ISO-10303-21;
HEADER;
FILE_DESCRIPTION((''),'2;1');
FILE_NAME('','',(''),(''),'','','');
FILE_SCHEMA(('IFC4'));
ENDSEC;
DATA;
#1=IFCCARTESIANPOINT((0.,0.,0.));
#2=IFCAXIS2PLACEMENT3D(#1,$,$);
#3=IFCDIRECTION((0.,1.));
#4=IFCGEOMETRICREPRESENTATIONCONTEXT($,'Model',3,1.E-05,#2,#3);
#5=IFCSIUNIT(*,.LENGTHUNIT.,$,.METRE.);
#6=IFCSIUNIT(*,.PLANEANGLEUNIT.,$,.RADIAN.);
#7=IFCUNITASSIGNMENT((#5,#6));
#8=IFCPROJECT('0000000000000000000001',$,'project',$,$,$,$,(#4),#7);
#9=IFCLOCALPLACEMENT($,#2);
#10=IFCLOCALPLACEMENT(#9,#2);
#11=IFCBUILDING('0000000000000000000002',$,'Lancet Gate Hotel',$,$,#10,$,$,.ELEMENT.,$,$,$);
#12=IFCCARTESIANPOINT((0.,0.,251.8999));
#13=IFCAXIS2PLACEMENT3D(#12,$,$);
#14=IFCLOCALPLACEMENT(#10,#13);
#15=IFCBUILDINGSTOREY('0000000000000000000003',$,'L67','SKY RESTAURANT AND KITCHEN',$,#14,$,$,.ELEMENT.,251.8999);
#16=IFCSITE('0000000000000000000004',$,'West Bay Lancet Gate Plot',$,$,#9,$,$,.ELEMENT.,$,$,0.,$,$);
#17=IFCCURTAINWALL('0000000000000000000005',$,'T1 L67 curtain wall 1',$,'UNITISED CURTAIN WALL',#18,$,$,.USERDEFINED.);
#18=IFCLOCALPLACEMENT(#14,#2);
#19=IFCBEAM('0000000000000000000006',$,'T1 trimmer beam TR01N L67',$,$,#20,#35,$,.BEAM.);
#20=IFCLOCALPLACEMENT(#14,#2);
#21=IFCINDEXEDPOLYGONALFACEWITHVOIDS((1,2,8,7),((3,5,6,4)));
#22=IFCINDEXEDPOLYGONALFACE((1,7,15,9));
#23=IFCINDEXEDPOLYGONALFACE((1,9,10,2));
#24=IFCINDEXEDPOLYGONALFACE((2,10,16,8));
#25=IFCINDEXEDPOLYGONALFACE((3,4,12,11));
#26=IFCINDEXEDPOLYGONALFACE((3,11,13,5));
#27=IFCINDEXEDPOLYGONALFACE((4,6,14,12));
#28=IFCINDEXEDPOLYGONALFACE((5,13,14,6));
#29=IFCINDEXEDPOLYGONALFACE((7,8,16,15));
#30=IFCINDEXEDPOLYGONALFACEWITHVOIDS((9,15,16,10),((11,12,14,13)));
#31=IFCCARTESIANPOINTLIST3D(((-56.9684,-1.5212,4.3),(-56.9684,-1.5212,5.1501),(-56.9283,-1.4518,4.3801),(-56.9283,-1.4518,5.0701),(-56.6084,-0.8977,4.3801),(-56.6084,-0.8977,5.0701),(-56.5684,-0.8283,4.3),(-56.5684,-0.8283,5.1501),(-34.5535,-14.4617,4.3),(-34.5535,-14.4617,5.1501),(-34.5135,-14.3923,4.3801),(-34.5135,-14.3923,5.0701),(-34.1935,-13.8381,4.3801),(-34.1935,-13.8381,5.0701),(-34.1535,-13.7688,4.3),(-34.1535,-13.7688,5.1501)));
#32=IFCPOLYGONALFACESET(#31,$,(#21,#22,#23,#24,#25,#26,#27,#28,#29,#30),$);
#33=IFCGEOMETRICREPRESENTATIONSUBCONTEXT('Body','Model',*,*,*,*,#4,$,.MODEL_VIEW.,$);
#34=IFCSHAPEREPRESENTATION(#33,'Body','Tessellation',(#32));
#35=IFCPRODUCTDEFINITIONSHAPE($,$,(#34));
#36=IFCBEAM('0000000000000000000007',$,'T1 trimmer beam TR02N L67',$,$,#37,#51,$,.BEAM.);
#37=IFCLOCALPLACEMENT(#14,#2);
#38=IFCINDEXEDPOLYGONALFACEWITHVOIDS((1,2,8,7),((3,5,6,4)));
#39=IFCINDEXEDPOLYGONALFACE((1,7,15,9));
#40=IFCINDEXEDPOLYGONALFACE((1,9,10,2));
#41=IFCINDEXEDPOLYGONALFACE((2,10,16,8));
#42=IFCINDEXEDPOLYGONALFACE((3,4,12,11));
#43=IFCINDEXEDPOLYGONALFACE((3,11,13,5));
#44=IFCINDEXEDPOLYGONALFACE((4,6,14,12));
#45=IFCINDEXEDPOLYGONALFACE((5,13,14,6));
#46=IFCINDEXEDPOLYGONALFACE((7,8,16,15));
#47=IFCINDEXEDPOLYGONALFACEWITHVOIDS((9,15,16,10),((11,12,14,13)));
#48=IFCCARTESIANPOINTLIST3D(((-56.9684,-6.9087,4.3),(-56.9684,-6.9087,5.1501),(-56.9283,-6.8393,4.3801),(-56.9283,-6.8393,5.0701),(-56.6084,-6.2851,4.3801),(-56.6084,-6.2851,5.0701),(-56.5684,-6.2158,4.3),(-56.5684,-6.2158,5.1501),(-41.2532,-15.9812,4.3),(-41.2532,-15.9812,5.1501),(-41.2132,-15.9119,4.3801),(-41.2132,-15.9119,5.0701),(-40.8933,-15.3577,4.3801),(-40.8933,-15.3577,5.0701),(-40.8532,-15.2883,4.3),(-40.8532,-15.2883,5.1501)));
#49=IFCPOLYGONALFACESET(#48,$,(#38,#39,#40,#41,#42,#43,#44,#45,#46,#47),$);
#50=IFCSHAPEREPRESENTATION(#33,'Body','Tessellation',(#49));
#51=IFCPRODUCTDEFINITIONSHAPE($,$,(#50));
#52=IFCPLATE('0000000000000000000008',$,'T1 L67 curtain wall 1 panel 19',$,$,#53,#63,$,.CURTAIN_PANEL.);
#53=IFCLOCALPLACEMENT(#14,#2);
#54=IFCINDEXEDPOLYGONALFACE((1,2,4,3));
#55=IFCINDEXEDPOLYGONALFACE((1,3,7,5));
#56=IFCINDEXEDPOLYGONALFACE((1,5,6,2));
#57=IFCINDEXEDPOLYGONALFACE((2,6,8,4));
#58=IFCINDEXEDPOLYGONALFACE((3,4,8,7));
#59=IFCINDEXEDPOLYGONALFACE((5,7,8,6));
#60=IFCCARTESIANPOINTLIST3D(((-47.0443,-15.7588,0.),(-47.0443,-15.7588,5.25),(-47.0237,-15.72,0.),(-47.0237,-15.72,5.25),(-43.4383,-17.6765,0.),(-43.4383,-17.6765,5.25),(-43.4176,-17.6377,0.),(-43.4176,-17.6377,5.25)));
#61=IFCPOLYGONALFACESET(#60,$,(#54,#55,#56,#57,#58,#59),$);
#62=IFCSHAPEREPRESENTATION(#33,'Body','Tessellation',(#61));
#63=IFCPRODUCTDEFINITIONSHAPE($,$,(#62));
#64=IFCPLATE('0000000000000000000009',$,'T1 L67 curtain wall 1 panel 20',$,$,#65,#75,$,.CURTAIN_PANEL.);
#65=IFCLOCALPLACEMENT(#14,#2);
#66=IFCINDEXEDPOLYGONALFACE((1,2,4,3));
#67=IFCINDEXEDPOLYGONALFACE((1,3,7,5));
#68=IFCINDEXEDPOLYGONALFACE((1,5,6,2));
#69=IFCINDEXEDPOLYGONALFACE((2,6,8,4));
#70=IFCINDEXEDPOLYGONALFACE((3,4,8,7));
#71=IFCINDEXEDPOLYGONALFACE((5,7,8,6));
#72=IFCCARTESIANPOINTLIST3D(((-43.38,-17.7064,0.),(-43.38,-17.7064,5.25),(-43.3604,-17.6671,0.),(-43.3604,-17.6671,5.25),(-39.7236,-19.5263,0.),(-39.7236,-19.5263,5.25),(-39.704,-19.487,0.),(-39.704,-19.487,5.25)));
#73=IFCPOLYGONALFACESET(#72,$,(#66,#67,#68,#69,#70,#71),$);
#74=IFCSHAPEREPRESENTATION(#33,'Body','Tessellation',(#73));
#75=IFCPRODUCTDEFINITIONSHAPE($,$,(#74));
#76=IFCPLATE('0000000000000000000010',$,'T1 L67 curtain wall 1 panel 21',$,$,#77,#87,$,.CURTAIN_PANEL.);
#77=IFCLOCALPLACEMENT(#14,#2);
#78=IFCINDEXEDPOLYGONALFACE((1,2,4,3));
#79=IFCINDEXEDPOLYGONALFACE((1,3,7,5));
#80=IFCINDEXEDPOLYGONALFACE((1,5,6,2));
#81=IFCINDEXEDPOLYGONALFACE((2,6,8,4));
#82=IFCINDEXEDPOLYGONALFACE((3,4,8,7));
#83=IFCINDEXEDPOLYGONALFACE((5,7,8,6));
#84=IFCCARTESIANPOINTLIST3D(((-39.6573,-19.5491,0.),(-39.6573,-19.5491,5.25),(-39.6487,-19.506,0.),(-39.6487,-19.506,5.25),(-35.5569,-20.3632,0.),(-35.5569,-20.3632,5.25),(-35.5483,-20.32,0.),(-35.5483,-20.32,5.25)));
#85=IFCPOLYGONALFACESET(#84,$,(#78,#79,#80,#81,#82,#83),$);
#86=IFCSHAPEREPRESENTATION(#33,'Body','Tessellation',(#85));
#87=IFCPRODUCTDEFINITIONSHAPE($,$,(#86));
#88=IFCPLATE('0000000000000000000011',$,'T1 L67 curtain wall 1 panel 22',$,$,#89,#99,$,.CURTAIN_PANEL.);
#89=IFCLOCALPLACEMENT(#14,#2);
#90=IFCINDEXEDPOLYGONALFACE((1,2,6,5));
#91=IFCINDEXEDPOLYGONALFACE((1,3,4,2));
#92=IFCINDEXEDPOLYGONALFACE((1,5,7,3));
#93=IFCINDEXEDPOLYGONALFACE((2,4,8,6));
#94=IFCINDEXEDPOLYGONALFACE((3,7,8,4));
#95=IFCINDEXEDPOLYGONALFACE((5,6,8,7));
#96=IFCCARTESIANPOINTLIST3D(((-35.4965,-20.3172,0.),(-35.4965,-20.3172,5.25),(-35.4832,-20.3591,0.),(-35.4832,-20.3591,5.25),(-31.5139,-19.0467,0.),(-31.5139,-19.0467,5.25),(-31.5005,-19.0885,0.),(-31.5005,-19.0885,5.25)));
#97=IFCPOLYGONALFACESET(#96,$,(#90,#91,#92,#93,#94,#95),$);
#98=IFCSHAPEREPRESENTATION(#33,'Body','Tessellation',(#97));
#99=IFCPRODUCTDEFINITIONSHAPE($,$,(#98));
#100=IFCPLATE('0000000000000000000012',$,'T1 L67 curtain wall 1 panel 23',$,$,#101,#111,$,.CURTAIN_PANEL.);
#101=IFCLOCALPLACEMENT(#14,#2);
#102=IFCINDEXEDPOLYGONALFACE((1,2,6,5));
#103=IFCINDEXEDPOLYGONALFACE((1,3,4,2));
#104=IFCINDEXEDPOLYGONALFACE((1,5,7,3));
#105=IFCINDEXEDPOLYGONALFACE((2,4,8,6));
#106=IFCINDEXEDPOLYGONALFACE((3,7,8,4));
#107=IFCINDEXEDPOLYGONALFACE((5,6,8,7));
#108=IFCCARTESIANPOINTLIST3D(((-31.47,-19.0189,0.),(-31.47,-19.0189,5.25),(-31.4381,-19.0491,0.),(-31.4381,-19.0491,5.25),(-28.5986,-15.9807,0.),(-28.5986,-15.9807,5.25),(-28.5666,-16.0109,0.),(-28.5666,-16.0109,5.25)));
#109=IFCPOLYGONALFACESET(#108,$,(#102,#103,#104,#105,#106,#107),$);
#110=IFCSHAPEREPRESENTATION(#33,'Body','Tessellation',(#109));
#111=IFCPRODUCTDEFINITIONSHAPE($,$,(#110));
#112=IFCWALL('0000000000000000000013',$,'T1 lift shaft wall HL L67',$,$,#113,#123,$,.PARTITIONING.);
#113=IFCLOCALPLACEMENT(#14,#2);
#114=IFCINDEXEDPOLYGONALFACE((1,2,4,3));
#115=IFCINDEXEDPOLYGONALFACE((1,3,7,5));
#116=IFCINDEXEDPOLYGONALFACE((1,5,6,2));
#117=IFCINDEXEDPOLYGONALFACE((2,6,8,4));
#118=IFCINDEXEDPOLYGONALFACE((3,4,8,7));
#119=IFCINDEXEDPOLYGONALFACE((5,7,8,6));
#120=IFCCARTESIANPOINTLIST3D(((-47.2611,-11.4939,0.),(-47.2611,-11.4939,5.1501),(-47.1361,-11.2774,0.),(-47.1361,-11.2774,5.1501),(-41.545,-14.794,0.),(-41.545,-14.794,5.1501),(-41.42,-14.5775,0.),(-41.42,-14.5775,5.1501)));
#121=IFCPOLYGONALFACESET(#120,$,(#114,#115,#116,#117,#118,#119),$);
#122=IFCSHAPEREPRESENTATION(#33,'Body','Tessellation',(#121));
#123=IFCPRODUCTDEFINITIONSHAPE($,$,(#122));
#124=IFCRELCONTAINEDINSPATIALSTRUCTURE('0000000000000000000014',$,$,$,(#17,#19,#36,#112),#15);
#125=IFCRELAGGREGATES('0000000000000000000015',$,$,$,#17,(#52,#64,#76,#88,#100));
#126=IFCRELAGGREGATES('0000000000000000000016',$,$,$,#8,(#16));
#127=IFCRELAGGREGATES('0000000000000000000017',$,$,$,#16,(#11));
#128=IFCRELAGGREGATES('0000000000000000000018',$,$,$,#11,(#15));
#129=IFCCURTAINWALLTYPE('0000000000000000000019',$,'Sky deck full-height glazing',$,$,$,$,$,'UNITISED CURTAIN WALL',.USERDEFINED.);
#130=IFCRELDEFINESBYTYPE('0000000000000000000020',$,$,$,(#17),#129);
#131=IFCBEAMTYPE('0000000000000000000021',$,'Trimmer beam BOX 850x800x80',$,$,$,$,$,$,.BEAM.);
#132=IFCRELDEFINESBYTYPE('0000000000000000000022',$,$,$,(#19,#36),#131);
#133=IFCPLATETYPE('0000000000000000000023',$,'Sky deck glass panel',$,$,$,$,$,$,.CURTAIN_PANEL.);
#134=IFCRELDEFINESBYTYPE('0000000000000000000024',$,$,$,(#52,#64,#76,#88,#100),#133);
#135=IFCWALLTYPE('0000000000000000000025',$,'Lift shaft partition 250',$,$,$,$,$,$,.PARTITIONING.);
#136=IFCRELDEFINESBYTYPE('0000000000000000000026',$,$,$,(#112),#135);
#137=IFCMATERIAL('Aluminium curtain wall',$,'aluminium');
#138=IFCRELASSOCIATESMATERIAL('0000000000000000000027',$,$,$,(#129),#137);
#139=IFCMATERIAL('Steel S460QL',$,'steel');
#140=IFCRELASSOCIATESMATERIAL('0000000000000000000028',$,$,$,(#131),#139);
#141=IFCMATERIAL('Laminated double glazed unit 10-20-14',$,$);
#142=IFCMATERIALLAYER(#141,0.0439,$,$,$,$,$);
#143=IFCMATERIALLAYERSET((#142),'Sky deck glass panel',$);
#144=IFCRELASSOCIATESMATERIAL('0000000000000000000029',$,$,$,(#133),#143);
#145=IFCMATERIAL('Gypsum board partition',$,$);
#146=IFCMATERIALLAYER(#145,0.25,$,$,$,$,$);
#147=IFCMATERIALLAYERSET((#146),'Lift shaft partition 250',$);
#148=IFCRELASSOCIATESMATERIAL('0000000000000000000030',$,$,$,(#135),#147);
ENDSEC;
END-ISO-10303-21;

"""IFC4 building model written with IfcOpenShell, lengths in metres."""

from ifc_helpers import new_model, si_unit, direction, frame, frame_2d, origin, origin_2d, place, context, subcontext, project, spatial, rectangle, hollow_rectangle, extrude, material, layer, layer_set, material_profile, profile_set, type_object, element, aggregate, save


model = new_model("IFC4")

# Units and contexts
model_context = context("Model", 3, precision=1e-05, world=origin(), true_north=direction((0.0, 1.0)))
body_context = subcontext(model_context, "Body", "Model", "MODEL_VIEW")
ifc_project = project(units=[si_unit("LENGTHUNIT", "METRE"), si_unit("PLANEANGLEUNIT", "RADIAN")], contexts=[model_context])

# Site, building, storey
site_placement = place(None, origin())
site = spatial("IfcSite", under=ifc_project, at=site_placement, Name="West Bay Lancet Gate Plot", CompositionType="ELEMENT", RefElevation=0.0)
building_placement = place(site_placement, origin())
building = spatial("IfcBuilding", under=site, at=building_placement, Name="Lancet Gate Hotel", CompositionType="ELEMENT")
storey_placement = place(building_placement, frame((0.0, 0.0, 251.8999)))
storey = spatial("IfcBuildingStorey", under=building, at=storey_placement, Name="L67", Description="SKY RESTAURANT AND KITCHEN", CompositionType="ELEMENT", Elevation=251.8999)

# Curtain wall
ifc_material_1 = material(Name="Aluminium curtain wall", Category="aluminium")
curtain_wall_type = type_object("IfcCurtainWallType", Name="Sky deck full-height glazing", ElementType="UNITISED CURTAIN WALL", PredefinedType="USERDEFINED", material=ifc_material_1)
curtain_wall_placement = place(storey_placement, origin())
curtain_wall = element("IfcCurtainWall", 1, at=curtain_wall_placement, inside=storey, type_object=curtain_wall_type, Name="T1 L67 curtain wall 1", ObjectType="UNITISED CURTAIN WALL", PredefinedType="USERDEFINED")

# Beams
ifc_material_2 = material(Name="Steel S460QL", Category="steel")
ifc_material_profile_1 = material_profile(ifc_material_2, hollow_rectangle(XDim=0.8, YDim=0.8501, WallThickness=0.0801, at=origin_2d()), Name="BOX 850x800x80")
ifc_profile_set_1 = profile_set([ifc_material_profile_1], Name="Steel S460QL")
beam_type = type_object("IfcBeamType", Name="Trimmer beam BOX 850x800x80", PredefinedType="BEAM", material=ifc_profile_set_1)
beam_1_placement = place(storey_placement, frame((-34.3535, -14.1152, 4.7251), z_axis=(-0.866038, 0.499978, 0.0), x_axis=(-0.499978, -0.866038, 0.0)))
element("IfcBeam", 2, at=beam_1_placement, inside=storey, type_object=beam_type, Name="T1 trimmer beam TR01N L67", PredefinedType="BEAM", context=body_context, shape_type="SweptSolid", body=[
    extrude(hollow_rectangle(XDim=0.8, YDim=0.8501, WallThickness=0.0801, at=origin_2d()), origin(), (0.0, 0.0, 1.0), 25.8821),
])
beam_2_placement = place(storey_placement, frame((-41.0532, -15.6348, 4.7251), z_axis=(-0.86604, 0.499975, 0.0), x_axis=(-0.499975, -0.86604, 0.0)))
element("IfcBeam", 3, at=beam_2_placement, inside=storey, type_object=beam_type, Name="T1 trimmer beam TR02N L67", PredefinedType="BEAM", context=body_context, shape_type="SweptSolid", body=[
    extrude(hollow_rectangle(XDim=0.8, YDim=0.8501, WallThickness=0.0801, at=origin_2d()), origin(), (0.0, 0.0, 1.0), 18.146),
])

# Plates
ifc_material_3 = material(Name="Laminated double glazed unit 10-20-14")
ifc_layer_1 = layer(ifc_material_3, 0.0439)
ifc_layer_set_1 = layer_set([ifc_layer_1], Name="Sky deck glass panel")
plate_type = type_object("IfcPlateType", Name="Sky deck glass panel", PredefinedType="CURTAIN_PANEL", material=ifc_layer_set_1)
plate_1_placement = place(storey_placement, frame((-45.231, -16.6982, 0.0), z_axis=(0.0, 0.0, 1.0), x_axis=(0.882916, -0.469531, 0.0)))
plate_1 = element("IfcPlate", 4, at=plate_1_placement, type_object=plate_type, Name="T1 L67 curtain wall 1 panel 19", PredefinedType="CURTAIN_PANEL", context=body_context, shape_type="SweptSolid", body=[
    extrude(rectangle(XDim=4.0842, YDim=0.0439, at=origin_2d()), origin(), (0.0, 0.0, 1.0), 5.25),
])
plate_2_placement = place(storey_placement, frame((-41.542, -18.5967, 0.0), z_axis=(0.0, 0.0, 1.0), x_axis=(0.895234, -0.445596, 0.0)))
plate_2 = element("IfcPlate", 5, at=plate_2_placement, type_object=plate_type, Name="T1 L67 curtain wall 1 panel 20", PredefinedType="CURTAIN_PANEL", context=body_context, shape_type="SweptSolid", body=[
    extrude(rectangle(XDim=4.0842, YDim=0.0439, at=origin_2d()), origin(), (0.0, 0.0, 1.0), 5.25),
])
plate_3_placement = place(storey_placement, frame((-37.6028, -19.9346, 0.0), z_axis=(0.0, 0.0, 1.0), x_axis=(0.980857, -0.194731, 0.0)))
plate_3 = element("IfcPlate", 6, at=plate_3_placement, type_object=plate_type, Name="T1 L67 curtain wall 1 panel 21", PredefinedType="CURTAIN_PANEL", context=body_context, shape_type="SweptSolid", body=[
    extrude(rectangle(XDim=4.1804, YDim=0.0439, at=origin_2d()), origin(), (0.0, 0.0, 1.0), 5.25),
])
plate_4_placement = place(storey_placement, frame((-33.4985, -19.7029, 0.0), z_axis=(0.0, 0.0, 1.0), x_axis=(0.952696, 0.303926, 0.0)))
plate_4 = element("IfcPlate", 7, at=plate_4_placement, type_object=plate_type, Name="T1 L67 curtain wall 1 panel 22", PredefinedType="CURTAIN_PANEL", context=body_context, shape_type="SweptSolid", body=[
    extrude(rectangle(XDim=4.1804, YDim=0.0439, at=origin_2d()), origin(), (0.0, 0.0, 1.0), 5.25),
])
plate_5_placement = place(storey_placement, frame((-30.0183, -17.5149, 0.0), z_axis=(0.0, 0.0, 1.0), x_axis=(0.686883, 0.726768, 0.0)))
plate_5 = element("IfcPlate", 8, at=plate_5_placement, type_object=plate_type, Name="T1 L67 curtain wall 1 panel 23", PredefinedType="CURTAIN_PANEL", context=body_context, shape_type="SweptSolid", body=[
    extrude(rectangle(XDim=4.1804, YDim=0.0439, at=origin_2d()), origin(), (0.0, 0.0, 1.0), 5.25),
])
aggregate(curtain_wall, [plate_1, plate_2, plate_3, plate_4, plate_5])

# Wall
ifc_material_4 = material(Name="Gypsum board partition")
ifc_layer_2 = layer(ifc_material_4, 0.25)
ifc_layer_set_2 = layer_set([ifc_layer_2], Name="Lift shaft partition 250")
wall_type = type_object("IfcWallType", Name="Lift shaft partition 250", PredefinedType="PARTITIONING", material=ifc_layer_set_2)
wall_placement = place(storey_placement, frame((-41.4824, -14.6858, 0.0), z_axis=(0.0, 0.0, 1.0), x_axis=(-0.866033, 0.499986, 0.0)))
element("IfcWall", 9, at=wall_placement, inside=storey, type_object=wall_type, Name="T1 lift shaft wall HL L67", PredefinedType="PARTITIONING", context=body_context, shape_type="SweptSolid", body=[
    extrude(rectangle(XDim=6.6003, YDim=0.25, at=frame_2d((3.3003, 0.0))), origin(), (0.0, 0.0, 1.0), 5.1501),
])

save(model, "model.ifc")
